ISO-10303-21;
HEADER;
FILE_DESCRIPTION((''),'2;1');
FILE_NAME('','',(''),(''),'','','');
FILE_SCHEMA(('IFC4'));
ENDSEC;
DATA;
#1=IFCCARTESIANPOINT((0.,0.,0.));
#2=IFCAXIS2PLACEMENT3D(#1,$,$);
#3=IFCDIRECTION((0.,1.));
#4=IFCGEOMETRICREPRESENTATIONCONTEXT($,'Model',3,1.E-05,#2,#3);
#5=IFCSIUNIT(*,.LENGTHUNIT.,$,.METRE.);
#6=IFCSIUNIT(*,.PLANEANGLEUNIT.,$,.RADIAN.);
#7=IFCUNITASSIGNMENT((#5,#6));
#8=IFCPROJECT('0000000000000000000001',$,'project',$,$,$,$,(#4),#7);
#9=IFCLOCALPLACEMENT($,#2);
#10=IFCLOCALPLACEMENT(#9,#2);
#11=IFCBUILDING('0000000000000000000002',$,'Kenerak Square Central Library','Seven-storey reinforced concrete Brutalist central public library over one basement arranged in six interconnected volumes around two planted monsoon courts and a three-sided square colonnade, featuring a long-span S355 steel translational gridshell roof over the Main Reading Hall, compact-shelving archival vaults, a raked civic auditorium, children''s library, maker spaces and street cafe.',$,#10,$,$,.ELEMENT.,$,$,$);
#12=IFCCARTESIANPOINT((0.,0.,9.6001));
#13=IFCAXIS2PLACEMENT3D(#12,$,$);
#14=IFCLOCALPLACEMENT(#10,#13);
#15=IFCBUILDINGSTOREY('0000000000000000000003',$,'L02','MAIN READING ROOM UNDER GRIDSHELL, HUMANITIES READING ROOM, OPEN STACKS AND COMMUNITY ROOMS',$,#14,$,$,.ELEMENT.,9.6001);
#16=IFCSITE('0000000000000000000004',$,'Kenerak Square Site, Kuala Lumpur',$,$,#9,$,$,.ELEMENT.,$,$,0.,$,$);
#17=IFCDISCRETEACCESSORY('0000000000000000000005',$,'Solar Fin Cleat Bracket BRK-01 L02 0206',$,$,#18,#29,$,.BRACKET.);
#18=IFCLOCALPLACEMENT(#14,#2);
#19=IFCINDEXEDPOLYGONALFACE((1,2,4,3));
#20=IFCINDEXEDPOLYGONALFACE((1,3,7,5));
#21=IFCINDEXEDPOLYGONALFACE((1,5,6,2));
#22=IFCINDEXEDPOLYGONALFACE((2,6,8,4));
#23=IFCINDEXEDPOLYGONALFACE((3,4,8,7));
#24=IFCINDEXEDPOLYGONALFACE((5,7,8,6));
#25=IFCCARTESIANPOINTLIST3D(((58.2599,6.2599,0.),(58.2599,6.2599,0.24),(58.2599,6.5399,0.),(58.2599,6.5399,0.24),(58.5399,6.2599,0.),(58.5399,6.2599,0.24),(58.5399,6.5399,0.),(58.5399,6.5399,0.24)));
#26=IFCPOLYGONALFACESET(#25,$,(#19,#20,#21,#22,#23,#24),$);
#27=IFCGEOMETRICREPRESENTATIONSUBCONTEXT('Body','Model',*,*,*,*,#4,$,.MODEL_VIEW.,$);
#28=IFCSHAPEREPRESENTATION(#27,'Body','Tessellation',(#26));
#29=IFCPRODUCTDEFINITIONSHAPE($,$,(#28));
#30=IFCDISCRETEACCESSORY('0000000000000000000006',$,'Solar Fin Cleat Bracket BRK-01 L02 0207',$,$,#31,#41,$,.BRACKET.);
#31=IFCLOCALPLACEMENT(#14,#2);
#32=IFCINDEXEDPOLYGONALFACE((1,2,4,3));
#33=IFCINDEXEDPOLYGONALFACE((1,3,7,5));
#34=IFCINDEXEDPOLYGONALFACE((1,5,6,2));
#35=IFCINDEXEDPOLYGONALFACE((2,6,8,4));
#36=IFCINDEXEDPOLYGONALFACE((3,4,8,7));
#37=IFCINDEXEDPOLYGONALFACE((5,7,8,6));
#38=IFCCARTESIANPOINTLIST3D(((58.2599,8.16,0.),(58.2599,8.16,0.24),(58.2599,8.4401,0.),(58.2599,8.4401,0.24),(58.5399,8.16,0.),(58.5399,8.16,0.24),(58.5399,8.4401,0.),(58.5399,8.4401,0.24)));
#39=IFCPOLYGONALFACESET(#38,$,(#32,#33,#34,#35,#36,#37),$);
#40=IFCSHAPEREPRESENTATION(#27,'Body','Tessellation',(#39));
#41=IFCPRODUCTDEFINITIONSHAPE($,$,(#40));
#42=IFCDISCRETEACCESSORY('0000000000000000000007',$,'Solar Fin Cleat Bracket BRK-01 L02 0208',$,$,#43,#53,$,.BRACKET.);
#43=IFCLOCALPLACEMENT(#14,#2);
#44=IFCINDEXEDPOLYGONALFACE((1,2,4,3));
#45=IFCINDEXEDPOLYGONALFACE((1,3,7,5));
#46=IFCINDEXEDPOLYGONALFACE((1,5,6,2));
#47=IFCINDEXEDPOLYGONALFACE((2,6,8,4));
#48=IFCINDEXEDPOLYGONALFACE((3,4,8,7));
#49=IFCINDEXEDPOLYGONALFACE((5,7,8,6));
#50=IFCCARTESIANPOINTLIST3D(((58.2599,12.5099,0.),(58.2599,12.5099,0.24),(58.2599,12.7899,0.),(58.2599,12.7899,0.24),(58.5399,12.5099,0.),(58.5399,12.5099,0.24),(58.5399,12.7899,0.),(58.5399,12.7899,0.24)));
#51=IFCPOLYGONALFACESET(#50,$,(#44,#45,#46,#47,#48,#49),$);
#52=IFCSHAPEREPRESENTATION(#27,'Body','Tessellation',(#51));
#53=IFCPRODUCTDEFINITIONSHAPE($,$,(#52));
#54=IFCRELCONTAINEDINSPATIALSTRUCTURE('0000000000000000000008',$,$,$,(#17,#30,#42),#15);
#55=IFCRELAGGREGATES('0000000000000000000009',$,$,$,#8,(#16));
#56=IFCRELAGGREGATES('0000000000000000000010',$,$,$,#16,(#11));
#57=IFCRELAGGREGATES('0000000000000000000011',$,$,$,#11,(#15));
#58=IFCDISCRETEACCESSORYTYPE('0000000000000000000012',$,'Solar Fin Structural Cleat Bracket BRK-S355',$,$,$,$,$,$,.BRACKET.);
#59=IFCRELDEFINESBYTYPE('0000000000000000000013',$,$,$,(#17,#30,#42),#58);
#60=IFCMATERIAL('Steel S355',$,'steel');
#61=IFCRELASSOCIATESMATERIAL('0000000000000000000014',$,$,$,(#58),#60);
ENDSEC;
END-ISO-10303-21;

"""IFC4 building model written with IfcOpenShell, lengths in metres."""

from ifc_helpers import new_model, si_unit, direction, frame, origin, origin_2d, place, context, subcontext, project, spatial, rectangle, extrude, material, type_object, element, save


model = new_model("IFC4")

# Units and contexts
model_context = context("Model", 3, precision=1e-05, world=origin(), true_north=direction((0.0, 1.0)))
body_context = subcontext(model_context, "Body", "Model", "MODEL_VIEW")
ifc_project = project(units=[si_unit("LENGTHUNIT", "METRE"), si_unit("PLANEANGLEUNIT", "RADIAN")], contexts=[model_context])

# Site, building, storey
site_placement = place(None, origin())
site = spatial("IfcSite", under=ifc_project, at=site_placement, Name="Kenerak Square Site, Kuala Lumpur", CompositionType="ELEMENT", RefElevation=0.0)
building_placement = place(site_placement, origin())
building = spatial("IfcBuilding", under=site, at=building_placement, Name="Kenerak Square Central Library", Description="Seven-storey reinforced concrete Brutalist central public library over one basement arranged in six interconnected volumes around two planted monsoon courts and a three-sided square colonnade, featuring a long-span S355 steel translational gridshell roof over the Main Reading Hall, compact-shelving archival vaults, a raked civic auditorium, children's library, maker spaces and street cafe.", CompositionType="ELEMENT")
storey_placement = place(building_placement, frame((0.0, 0.0, 9.6001)))
storey = spatial("IfcBuildingStorey", under=building, at=storey_placement, Name="L02", Description="MAIN READING ROOM UNDER GRIDSHELL, HUMANITIES READING ROOM, OPEN STACKS AND COMMUNITY ROOMS", CompositionType="ELEMENT", Elevation=9.6001)

# Shared definitions
ifc_material_1 = material(Name="Steel S355", Category="steel")

# Discrete accessories
discrete_accessory_type = type_object("IfcDiscreteAccessoryType", Name="Solar Fin Structural Cleat Bracket BRK-S355", PredefinedType="BRACKET", material=ifc_material_1)
for number, where, z_axis, x_axis, name in (
    (1, (58.3999, 6.3999, 0.0), (0.0, 0.0, 1.0), (0.0, 1.0, 0.0), "Solar Fin Cleat Bracket BRK-01 L02 0206"),
    (2, (58.3999, 8.3, 0.0), (0.0, 0.0, 1.0), (0.0, 1.0, 0.0), "Solar Fin Cleat Bracket BRK-01 L02 0207"),
    (3, (58.3999, 12.6499, 0.0), (0.0, 0.0, 1.0), (0.0, 1.0, 0.0), "Solar Fin Cleat Bracket BRK-01 L02 0208"),
):
    element("IfcDiscreteAccessory", number, at=place(storey_placement, frame(where, z_axis=z_axis, x_axis=x_axis)), inside=storey, type_object=discrete_accessory_type, Name=name, PredefinedType="BRACKET", context=body_context, shape_type="SweptSolid", body=[
        extrude(rectangle(XDim=0.28, YDim=0.28, at=origin_2d()), origin(), (0.0, 0.0, 1.0), 0.24),
    ])

save(model, "model.ifc")
